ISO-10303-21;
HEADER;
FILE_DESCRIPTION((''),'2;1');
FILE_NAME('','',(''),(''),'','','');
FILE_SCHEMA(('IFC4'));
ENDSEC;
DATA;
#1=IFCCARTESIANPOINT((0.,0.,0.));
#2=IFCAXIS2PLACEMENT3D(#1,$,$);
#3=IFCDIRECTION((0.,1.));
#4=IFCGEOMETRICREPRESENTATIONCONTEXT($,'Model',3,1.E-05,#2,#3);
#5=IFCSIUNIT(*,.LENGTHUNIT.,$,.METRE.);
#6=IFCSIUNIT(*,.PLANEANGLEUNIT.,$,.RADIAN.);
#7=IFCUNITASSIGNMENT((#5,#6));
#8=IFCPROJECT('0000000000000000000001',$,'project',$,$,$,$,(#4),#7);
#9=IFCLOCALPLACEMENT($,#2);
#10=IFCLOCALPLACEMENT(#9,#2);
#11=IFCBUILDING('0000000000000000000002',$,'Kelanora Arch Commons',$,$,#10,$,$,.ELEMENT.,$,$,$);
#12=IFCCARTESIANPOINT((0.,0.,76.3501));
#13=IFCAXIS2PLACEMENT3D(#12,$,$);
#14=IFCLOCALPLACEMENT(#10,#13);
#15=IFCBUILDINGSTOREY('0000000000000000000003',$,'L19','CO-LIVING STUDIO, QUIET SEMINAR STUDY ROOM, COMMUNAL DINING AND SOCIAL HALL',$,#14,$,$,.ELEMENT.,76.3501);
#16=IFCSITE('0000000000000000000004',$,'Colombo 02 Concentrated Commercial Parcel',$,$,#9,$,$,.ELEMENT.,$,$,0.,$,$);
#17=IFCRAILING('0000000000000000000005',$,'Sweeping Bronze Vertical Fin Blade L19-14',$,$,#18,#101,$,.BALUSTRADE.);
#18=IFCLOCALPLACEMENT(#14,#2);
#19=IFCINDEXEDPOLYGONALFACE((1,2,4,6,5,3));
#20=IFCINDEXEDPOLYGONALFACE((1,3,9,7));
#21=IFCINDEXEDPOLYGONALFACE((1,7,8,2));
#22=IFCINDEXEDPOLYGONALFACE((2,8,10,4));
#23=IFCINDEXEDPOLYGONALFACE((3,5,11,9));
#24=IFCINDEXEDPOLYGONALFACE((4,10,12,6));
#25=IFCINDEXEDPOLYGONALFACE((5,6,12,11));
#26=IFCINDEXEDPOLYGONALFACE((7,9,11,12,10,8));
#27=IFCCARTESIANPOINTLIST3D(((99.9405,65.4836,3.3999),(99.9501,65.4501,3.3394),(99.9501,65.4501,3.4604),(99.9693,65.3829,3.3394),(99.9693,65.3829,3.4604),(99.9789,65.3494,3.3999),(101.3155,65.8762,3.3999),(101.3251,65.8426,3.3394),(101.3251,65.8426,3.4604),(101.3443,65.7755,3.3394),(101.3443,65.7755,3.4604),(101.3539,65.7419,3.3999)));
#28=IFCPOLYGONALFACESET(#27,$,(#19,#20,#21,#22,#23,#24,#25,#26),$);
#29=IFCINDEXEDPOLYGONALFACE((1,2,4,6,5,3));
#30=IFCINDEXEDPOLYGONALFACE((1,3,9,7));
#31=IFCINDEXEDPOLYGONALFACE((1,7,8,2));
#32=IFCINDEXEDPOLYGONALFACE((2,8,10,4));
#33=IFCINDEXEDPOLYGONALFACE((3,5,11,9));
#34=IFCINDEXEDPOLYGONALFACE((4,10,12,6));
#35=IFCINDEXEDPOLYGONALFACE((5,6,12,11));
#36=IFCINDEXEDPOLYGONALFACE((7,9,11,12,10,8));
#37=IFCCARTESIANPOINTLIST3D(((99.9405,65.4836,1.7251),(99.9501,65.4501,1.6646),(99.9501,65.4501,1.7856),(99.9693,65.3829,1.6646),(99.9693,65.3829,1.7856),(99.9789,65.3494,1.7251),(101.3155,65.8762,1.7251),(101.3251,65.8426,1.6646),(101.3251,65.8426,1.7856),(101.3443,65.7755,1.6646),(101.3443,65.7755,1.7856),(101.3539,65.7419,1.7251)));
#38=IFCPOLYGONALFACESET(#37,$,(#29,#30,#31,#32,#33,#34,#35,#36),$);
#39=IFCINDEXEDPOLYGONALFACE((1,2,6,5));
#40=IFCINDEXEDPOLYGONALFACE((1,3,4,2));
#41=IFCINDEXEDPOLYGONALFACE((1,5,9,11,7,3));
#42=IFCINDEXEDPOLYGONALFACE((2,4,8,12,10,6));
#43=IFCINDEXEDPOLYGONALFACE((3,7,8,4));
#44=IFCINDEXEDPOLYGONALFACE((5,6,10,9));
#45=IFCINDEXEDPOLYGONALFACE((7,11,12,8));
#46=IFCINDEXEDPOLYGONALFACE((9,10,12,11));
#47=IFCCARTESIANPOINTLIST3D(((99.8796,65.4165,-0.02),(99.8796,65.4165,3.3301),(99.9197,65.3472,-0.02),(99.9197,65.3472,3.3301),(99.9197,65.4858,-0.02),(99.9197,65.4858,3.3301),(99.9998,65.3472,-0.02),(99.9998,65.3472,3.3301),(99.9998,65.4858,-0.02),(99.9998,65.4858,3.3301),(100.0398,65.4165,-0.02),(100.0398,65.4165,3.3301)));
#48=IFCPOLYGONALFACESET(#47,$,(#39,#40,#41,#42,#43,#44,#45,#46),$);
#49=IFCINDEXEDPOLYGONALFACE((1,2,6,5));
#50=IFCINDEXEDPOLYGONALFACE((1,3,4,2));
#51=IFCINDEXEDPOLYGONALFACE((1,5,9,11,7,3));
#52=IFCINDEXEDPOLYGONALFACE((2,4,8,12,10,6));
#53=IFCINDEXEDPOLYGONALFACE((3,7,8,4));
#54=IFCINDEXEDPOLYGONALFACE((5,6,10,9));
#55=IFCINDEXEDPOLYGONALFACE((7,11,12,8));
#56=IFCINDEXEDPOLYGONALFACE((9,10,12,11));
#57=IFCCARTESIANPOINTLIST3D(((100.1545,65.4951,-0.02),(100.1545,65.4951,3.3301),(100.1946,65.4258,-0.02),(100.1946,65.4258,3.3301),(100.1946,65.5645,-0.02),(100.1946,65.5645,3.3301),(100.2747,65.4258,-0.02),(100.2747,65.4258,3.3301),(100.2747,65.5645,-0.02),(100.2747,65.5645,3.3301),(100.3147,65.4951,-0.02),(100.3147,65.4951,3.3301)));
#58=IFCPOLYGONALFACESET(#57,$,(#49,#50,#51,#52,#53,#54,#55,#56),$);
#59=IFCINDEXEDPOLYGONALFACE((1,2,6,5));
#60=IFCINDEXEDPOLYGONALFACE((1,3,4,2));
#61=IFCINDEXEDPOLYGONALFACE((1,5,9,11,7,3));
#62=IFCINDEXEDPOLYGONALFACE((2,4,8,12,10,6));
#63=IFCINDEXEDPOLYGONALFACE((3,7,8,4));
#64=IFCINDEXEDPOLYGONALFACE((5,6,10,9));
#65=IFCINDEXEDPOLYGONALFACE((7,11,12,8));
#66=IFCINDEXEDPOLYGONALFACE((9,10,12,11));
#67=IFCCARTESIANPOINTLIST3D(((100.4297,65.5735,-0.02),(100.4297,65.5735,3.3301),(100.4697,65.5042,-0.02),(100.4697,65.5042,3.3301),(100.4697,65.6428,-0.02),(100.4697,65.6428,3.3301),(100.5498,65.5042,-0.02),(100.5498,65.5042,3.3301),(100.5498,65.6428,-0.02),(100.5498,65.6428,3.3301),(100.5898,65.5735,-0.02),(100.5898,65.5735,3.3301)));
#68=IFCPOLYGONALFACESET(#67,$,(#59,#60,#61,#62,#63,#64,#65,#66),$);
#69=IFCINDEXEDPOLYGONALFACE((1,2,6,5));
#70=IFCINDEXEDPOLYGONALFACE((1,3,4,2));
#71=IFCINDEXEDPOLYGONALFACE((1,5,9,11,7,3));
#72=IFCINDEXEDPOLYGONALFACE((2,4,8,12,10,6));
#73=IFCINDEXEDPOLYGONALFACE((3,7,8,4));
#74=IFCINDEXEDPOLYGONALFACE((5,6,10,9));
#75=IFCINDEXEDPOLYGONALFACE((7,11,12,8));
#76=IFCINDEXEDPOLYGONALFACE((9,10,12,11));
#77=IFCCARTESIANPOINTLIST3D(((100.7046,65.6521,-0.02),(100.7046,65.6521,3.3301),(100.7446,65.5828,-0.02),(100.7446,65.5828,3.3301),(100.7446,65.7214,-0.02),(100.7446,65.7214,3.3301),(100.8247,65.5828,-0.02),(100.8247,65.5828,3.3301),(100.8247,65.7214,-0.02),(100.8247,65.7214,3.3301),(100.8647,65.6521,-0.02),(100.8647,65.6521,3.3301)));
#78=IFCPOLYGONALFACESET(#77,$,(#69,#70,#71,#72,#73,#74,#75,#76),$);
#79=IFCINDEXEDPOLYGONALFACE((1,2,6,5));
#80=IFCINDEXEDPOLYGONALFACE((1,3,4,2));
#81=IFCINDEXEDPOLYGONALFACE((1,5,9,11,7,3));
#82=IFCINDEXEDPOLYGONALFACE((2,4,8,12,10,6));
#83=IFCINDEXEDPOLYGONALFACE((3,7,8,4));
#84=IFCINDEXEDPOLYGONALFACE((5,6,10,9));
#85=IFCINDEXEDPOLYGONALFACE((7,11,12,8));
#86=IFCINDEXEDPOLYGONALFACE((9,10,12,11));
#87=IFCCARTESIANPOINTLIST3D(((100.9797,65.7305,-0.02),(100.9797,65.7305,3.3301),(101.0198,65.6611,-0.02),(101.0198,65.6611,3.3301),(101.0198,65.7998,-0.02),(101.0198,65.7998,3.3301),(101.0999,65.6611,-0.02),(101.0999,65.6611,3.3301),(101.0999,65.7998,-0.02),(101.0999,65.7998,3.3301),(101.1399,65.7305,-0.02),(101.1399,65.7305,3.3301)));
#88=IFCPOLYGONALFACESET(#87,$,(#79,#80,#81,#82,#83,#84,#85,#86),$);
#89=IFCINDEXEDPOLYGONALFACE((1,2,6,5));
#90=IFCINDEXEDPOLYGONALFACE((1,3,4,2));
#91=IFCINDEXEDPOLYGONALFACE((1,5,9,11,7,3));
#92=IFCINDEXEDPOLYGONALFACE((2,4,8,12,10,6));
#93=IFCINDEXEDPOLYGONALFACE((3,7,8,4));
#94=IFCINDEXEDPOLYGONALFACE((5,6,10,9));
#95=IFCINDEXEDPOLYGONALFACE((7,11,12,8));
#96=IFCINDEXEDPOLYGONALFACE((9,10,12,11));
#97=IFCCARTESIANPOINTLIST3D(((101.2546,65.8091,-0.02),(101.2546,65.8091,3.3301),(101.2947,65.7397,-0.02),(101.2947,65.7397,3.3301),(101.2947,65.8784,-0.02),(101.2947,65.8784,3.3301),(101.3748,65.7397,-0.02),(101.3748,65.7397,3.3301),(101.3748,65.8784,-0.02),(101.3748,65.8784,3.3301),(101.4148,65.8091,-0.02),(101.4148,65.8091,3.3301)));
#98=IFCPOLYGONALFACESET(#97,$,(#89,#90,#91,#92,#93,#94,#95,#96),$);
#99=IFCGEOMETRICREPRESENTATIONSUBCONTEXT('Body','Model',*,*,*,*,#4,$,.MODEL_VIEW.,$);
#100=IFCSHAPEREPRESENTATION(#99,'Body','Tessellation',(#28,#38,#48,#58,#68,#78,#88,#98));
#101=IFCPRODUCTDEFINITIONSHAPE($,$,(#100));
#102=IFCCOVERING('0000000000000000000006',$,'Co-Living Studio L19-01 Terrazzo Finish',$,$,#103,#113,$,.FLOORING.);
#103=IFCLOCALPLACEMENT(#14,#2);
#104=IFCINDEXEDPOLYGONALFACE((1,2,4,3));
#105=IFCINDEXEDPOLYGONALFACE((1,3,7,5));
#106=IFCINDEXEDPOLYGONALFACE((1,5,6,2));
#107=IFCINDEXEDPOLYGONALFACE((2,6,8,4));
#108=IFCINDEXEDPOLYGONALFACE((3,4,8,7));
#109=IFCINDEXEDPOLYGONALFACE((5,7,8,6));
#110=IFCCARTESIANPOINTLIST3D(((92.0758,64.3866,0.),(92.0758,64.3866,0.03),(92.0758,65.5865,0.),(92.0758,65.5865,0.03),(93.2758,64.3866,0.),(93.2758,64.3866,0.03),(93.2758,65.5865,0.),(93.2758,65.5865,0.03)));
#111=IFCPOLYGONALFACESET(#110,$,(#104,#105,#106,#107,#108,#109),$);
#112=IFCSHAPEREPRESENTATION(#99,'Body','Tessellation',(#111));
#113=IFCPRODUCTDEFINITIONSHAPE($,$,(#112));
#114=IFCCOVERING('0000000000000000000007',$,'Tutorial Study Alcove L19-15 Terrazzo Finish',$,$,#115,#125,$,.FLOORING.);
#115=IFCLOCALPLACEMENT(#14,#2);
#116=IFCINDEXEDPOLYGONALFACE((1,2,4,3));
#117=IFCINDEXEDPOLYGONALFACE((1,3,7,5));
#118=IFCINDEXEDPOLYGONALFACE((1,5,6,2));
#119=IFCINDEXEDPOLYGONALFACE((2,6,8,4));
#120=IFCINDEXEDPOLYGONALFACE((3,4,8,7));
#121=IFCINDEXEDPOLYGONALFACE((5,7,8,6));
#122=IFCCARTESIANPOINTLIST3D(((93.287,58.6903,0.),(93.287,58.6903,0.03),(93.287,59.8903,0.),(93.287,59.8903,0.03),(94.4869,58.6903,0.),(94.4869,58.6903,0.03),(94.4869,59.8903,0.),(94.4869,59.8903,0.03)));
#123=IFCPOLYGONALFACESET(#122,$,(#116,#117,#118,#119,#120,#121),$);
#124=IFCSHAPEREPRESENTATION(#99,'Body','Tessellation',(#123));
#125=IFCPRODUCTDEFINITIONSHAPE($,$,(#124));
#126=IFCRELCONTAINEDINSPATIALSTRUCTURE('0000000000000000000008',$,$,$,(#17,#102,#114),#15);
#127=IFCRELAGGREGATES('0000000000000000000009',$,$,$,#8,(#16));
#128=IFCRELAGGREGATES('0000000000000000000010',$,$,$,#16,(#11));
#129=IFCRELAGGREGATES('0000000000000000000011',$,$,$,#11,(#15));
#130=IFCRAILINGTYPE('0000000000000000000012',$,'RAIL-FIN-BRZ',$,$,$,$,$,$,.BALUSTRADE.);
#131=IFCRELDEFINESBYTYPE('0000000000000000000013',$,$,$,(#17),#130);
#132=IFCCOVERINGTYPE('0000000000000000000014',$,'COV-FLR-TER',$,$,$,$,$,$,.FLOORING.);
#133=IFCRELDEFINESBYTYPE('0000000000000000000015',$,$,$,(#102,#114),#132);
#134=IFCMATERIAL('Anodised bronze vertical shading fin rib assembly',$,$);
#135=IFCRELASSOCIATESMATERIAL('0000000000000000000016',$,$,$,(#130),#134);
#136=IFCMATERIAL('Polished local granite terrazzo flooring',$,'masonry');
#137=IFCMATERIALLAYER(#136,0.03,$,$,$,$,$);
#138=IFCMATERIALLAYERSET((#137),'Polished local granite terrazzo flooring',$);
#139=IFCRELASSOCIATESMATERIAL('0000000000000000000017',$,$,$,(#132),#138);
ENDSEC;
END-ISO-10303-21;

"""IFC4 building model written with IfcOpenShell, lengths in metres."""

from ifc_helpers import new_model, si_unit, direction, frame, origin, origin_2d, place, context, subcontext, project, spatial, polyline, rectangle, outline, extrude, source, transform, mapped, material, layer, layer_set, type_object, element, save


model = new_model("IFC4")

# Units and contexts
model_context = context("Model", 3, precision=1e-05, world=origin(), true_north=direction((0.0, 1.0)))
body_context = subcontext(model_context, "Body", "Model", "MODEL_VIEW")
ifc_project = project(units=[si_unit("LENGTHUNIT", "METRE"), si_unit("PLANEANGLEUNIT", "RADIAN")], contexts=[model_context])

# Site, building, storey
site_placement = place(None, origin())
site = spatial("IfcSite", under=ifc_project, at=site_placement, Name="Colombo 02 Concentrated Commercial Parcel", CompositionType="ELEMENT", RefElevation=0.0)
building_placement = place(site_placement, origin())
building = spatial("IfcBuilding", under=site, at=building_placement, Name="Kelanora Arch Commons", CompositionType="ELEMENT")
storey_placement = place(building_placement, frame((0.0, 0.0, 76.3501)))
storey = spatial("IfcBuildingStorey", under=building, at=storey_placement, Name="L19", Description="CO-LIVING STUDIO, QUIET SEMINAR STUDY ROOM, COMMUNAL DINING AND SOCIAL HALL", CompositionType="ELEMENT", Elevation=76.3501)

# Railing
ifc_material_1 = material(Name="Anodised bronze vertical shading fin rib assembly")
railing_type = type_object("IfcRailingType", Name="RAIL-FIN-BRZ", PredefinedType="BALUSTRADE", material=ifc_material_1)
railing_placement = place(storey_placement, frame((99.9597, 65.4165, -0.02)))
element("IfcRailing", 1, at=railing_placement, inside=storey, type_object=railing_type, Name="Sweeping Bronze Vertical Fin Blade L19-14", PredefinedType="BALUSTRADE", context=body_context, shape_type="SweptSolid", body=[
    extrude(outline(polyline([(0.0698, 0.0), (0.0349, 0.0605), (-0.0349, 0.0605), (-0.0698, 0.0), (-0.0349, -0.0605), (0.0349, -0.0605), (0.0698, 0.0)])), frame((0.0, 0.0, 3.4199), z_axis=(0.961575, 0.274541, 0.0), x_axis=(-0.274541, 0.961575, 0.0)), (0.0, 0.0, 1.0), 1.4299),
    extrude(outline(polyline([(0.0698, 0.0), (0.0349, 0.0605), (-0.0349, 0.0605), (-0.0698, 0.0), (-0.0349, -0.0605), (0.0349, -0.0605), (0.0698, 0.0)])), frame((0.0, 0.0, 1.7451), z_axis=(0.961575, 0.274541, 0.0), x_axis=(-0.274541, 0.961575, 0.0)), (0.0, 0.0, 1.0), 1.4299),
    extrude(outline(polyline([(0.0801, 0.0), (0.04, 0.0693), (-0.04, 0.0693), (-0.0801, 0.0), (-0.04, -0.0693), (0.04, -0.0693), (0.0801, 0.0)])), origin(), (0.0, 0.0, 1.0), 3.3501),
    extrude(outline(polyline([(0.0801, 0.0), (0.04, 0.0693), (-0.04, 0.0693), (-0.0801, 0.0), (-0.04, -0.0693), (0.04, -0.0693), (0.0801, 0.0)])), frame((0.2749, 0.0786, 0.0)), (0.0, 0.0, 1.0), 3.3501),
    extrude(outline(polyline([(0.0801, 0.0), (0.04, 0.0693), (-0.04, 0.0693), (-0.0801, 0.0), (-0.04, -0.0693), (0.04, -0.0693), (0.0801, 0.0)])), frame((0.55, 0.157, 0.0)), (0.0, 0.0, 1.0), 3.3501),
    extrude(outline(polyline([(0.0801, 0.0), (0.04, 0.0693), (-0.04, 0.0693), (-0.0801, 0.0), (-0.04, -0.0693), (0.04, -0.0693), (0.0801, 0.0)])), frame((0.825, 0.2356, 0.0)), (0.0, 0.0, 1.0), 3.3501),
    extrude(outline(polyline([(0.0801, 0.0), (0.04, 0.0693), (-0.04, 0.0693), (-0.0801, 0.0), (-0.04, -0.0693), (0.04, -0.0693), (0.0801, 0.0)])), frame((1.1001, 0.314, 0.0)), (0.0, 0.0, 1.0), 3.3501),
    extrude(outline(polyline([(0.0801, 0.0), (0.04, 0.0693), (-0.04, 0.0693), (-0.0801, 0.0), (-0.04, -0.0693), (0.04, -0.0693), (0.0801, 0.0)])), frame((1.375, 0.3926, 0.0)), (0.0, 0.0, 1.0), 3.3501),
])

# Coverings
ifc_material_2 = material(Name="Polished local granite terrazzo flooring", Category="masonry")
ifc_layer_1 = layer(ifc_material_2, 0.03)
ifc_layer_set_1 = layer_set([ifc_layer_1], Name="Polished local granite terrazzo flooring")
covering_type = type_object("IfcCoveringType", Name="COV-FLR-TER", PredefinedType="FLOORING", material=ifc_layer_set_1)
shared_shape_1 = source(origin(), body_context, "Body", "SweptSolid", [
    extrude(rectangle(XDim=1.2, YDim=1.2, at=origin_2d()), origin(), (0.0, 0.0, 1.0), 0.03),
])
for number, where, z_axis, x_axis, name in (
    (2, (92.6758, 64.9866, 0.0), (0.0, 0.0, 1.0), (1.0, 0.0, 0.0), "Co-Living Studio L19-01 Terrazzo Finish"),
    (3, (93.887, 59.2903, 0.0), (0.0, 0.0, 1.0), (1.0, 0.0, 0.0), "Tutorial Study Alcove L19-15 Terrazzo Finish"),
):
    element("IfcCovering", number, at=place(storey_placement, frame(where, z_axis=z_axis, x_axis=x_axis)), inside=storey, type_object=covering_type, Name=name, PredefinedType="FLOORING", context=body_context, shape_type="MappedRepresentation", body=[
        mapped(shared_shape_1, transform((0.0, 0.0, 0.0), scale=1.0)),
    ])

save(model, "model.ifc")
